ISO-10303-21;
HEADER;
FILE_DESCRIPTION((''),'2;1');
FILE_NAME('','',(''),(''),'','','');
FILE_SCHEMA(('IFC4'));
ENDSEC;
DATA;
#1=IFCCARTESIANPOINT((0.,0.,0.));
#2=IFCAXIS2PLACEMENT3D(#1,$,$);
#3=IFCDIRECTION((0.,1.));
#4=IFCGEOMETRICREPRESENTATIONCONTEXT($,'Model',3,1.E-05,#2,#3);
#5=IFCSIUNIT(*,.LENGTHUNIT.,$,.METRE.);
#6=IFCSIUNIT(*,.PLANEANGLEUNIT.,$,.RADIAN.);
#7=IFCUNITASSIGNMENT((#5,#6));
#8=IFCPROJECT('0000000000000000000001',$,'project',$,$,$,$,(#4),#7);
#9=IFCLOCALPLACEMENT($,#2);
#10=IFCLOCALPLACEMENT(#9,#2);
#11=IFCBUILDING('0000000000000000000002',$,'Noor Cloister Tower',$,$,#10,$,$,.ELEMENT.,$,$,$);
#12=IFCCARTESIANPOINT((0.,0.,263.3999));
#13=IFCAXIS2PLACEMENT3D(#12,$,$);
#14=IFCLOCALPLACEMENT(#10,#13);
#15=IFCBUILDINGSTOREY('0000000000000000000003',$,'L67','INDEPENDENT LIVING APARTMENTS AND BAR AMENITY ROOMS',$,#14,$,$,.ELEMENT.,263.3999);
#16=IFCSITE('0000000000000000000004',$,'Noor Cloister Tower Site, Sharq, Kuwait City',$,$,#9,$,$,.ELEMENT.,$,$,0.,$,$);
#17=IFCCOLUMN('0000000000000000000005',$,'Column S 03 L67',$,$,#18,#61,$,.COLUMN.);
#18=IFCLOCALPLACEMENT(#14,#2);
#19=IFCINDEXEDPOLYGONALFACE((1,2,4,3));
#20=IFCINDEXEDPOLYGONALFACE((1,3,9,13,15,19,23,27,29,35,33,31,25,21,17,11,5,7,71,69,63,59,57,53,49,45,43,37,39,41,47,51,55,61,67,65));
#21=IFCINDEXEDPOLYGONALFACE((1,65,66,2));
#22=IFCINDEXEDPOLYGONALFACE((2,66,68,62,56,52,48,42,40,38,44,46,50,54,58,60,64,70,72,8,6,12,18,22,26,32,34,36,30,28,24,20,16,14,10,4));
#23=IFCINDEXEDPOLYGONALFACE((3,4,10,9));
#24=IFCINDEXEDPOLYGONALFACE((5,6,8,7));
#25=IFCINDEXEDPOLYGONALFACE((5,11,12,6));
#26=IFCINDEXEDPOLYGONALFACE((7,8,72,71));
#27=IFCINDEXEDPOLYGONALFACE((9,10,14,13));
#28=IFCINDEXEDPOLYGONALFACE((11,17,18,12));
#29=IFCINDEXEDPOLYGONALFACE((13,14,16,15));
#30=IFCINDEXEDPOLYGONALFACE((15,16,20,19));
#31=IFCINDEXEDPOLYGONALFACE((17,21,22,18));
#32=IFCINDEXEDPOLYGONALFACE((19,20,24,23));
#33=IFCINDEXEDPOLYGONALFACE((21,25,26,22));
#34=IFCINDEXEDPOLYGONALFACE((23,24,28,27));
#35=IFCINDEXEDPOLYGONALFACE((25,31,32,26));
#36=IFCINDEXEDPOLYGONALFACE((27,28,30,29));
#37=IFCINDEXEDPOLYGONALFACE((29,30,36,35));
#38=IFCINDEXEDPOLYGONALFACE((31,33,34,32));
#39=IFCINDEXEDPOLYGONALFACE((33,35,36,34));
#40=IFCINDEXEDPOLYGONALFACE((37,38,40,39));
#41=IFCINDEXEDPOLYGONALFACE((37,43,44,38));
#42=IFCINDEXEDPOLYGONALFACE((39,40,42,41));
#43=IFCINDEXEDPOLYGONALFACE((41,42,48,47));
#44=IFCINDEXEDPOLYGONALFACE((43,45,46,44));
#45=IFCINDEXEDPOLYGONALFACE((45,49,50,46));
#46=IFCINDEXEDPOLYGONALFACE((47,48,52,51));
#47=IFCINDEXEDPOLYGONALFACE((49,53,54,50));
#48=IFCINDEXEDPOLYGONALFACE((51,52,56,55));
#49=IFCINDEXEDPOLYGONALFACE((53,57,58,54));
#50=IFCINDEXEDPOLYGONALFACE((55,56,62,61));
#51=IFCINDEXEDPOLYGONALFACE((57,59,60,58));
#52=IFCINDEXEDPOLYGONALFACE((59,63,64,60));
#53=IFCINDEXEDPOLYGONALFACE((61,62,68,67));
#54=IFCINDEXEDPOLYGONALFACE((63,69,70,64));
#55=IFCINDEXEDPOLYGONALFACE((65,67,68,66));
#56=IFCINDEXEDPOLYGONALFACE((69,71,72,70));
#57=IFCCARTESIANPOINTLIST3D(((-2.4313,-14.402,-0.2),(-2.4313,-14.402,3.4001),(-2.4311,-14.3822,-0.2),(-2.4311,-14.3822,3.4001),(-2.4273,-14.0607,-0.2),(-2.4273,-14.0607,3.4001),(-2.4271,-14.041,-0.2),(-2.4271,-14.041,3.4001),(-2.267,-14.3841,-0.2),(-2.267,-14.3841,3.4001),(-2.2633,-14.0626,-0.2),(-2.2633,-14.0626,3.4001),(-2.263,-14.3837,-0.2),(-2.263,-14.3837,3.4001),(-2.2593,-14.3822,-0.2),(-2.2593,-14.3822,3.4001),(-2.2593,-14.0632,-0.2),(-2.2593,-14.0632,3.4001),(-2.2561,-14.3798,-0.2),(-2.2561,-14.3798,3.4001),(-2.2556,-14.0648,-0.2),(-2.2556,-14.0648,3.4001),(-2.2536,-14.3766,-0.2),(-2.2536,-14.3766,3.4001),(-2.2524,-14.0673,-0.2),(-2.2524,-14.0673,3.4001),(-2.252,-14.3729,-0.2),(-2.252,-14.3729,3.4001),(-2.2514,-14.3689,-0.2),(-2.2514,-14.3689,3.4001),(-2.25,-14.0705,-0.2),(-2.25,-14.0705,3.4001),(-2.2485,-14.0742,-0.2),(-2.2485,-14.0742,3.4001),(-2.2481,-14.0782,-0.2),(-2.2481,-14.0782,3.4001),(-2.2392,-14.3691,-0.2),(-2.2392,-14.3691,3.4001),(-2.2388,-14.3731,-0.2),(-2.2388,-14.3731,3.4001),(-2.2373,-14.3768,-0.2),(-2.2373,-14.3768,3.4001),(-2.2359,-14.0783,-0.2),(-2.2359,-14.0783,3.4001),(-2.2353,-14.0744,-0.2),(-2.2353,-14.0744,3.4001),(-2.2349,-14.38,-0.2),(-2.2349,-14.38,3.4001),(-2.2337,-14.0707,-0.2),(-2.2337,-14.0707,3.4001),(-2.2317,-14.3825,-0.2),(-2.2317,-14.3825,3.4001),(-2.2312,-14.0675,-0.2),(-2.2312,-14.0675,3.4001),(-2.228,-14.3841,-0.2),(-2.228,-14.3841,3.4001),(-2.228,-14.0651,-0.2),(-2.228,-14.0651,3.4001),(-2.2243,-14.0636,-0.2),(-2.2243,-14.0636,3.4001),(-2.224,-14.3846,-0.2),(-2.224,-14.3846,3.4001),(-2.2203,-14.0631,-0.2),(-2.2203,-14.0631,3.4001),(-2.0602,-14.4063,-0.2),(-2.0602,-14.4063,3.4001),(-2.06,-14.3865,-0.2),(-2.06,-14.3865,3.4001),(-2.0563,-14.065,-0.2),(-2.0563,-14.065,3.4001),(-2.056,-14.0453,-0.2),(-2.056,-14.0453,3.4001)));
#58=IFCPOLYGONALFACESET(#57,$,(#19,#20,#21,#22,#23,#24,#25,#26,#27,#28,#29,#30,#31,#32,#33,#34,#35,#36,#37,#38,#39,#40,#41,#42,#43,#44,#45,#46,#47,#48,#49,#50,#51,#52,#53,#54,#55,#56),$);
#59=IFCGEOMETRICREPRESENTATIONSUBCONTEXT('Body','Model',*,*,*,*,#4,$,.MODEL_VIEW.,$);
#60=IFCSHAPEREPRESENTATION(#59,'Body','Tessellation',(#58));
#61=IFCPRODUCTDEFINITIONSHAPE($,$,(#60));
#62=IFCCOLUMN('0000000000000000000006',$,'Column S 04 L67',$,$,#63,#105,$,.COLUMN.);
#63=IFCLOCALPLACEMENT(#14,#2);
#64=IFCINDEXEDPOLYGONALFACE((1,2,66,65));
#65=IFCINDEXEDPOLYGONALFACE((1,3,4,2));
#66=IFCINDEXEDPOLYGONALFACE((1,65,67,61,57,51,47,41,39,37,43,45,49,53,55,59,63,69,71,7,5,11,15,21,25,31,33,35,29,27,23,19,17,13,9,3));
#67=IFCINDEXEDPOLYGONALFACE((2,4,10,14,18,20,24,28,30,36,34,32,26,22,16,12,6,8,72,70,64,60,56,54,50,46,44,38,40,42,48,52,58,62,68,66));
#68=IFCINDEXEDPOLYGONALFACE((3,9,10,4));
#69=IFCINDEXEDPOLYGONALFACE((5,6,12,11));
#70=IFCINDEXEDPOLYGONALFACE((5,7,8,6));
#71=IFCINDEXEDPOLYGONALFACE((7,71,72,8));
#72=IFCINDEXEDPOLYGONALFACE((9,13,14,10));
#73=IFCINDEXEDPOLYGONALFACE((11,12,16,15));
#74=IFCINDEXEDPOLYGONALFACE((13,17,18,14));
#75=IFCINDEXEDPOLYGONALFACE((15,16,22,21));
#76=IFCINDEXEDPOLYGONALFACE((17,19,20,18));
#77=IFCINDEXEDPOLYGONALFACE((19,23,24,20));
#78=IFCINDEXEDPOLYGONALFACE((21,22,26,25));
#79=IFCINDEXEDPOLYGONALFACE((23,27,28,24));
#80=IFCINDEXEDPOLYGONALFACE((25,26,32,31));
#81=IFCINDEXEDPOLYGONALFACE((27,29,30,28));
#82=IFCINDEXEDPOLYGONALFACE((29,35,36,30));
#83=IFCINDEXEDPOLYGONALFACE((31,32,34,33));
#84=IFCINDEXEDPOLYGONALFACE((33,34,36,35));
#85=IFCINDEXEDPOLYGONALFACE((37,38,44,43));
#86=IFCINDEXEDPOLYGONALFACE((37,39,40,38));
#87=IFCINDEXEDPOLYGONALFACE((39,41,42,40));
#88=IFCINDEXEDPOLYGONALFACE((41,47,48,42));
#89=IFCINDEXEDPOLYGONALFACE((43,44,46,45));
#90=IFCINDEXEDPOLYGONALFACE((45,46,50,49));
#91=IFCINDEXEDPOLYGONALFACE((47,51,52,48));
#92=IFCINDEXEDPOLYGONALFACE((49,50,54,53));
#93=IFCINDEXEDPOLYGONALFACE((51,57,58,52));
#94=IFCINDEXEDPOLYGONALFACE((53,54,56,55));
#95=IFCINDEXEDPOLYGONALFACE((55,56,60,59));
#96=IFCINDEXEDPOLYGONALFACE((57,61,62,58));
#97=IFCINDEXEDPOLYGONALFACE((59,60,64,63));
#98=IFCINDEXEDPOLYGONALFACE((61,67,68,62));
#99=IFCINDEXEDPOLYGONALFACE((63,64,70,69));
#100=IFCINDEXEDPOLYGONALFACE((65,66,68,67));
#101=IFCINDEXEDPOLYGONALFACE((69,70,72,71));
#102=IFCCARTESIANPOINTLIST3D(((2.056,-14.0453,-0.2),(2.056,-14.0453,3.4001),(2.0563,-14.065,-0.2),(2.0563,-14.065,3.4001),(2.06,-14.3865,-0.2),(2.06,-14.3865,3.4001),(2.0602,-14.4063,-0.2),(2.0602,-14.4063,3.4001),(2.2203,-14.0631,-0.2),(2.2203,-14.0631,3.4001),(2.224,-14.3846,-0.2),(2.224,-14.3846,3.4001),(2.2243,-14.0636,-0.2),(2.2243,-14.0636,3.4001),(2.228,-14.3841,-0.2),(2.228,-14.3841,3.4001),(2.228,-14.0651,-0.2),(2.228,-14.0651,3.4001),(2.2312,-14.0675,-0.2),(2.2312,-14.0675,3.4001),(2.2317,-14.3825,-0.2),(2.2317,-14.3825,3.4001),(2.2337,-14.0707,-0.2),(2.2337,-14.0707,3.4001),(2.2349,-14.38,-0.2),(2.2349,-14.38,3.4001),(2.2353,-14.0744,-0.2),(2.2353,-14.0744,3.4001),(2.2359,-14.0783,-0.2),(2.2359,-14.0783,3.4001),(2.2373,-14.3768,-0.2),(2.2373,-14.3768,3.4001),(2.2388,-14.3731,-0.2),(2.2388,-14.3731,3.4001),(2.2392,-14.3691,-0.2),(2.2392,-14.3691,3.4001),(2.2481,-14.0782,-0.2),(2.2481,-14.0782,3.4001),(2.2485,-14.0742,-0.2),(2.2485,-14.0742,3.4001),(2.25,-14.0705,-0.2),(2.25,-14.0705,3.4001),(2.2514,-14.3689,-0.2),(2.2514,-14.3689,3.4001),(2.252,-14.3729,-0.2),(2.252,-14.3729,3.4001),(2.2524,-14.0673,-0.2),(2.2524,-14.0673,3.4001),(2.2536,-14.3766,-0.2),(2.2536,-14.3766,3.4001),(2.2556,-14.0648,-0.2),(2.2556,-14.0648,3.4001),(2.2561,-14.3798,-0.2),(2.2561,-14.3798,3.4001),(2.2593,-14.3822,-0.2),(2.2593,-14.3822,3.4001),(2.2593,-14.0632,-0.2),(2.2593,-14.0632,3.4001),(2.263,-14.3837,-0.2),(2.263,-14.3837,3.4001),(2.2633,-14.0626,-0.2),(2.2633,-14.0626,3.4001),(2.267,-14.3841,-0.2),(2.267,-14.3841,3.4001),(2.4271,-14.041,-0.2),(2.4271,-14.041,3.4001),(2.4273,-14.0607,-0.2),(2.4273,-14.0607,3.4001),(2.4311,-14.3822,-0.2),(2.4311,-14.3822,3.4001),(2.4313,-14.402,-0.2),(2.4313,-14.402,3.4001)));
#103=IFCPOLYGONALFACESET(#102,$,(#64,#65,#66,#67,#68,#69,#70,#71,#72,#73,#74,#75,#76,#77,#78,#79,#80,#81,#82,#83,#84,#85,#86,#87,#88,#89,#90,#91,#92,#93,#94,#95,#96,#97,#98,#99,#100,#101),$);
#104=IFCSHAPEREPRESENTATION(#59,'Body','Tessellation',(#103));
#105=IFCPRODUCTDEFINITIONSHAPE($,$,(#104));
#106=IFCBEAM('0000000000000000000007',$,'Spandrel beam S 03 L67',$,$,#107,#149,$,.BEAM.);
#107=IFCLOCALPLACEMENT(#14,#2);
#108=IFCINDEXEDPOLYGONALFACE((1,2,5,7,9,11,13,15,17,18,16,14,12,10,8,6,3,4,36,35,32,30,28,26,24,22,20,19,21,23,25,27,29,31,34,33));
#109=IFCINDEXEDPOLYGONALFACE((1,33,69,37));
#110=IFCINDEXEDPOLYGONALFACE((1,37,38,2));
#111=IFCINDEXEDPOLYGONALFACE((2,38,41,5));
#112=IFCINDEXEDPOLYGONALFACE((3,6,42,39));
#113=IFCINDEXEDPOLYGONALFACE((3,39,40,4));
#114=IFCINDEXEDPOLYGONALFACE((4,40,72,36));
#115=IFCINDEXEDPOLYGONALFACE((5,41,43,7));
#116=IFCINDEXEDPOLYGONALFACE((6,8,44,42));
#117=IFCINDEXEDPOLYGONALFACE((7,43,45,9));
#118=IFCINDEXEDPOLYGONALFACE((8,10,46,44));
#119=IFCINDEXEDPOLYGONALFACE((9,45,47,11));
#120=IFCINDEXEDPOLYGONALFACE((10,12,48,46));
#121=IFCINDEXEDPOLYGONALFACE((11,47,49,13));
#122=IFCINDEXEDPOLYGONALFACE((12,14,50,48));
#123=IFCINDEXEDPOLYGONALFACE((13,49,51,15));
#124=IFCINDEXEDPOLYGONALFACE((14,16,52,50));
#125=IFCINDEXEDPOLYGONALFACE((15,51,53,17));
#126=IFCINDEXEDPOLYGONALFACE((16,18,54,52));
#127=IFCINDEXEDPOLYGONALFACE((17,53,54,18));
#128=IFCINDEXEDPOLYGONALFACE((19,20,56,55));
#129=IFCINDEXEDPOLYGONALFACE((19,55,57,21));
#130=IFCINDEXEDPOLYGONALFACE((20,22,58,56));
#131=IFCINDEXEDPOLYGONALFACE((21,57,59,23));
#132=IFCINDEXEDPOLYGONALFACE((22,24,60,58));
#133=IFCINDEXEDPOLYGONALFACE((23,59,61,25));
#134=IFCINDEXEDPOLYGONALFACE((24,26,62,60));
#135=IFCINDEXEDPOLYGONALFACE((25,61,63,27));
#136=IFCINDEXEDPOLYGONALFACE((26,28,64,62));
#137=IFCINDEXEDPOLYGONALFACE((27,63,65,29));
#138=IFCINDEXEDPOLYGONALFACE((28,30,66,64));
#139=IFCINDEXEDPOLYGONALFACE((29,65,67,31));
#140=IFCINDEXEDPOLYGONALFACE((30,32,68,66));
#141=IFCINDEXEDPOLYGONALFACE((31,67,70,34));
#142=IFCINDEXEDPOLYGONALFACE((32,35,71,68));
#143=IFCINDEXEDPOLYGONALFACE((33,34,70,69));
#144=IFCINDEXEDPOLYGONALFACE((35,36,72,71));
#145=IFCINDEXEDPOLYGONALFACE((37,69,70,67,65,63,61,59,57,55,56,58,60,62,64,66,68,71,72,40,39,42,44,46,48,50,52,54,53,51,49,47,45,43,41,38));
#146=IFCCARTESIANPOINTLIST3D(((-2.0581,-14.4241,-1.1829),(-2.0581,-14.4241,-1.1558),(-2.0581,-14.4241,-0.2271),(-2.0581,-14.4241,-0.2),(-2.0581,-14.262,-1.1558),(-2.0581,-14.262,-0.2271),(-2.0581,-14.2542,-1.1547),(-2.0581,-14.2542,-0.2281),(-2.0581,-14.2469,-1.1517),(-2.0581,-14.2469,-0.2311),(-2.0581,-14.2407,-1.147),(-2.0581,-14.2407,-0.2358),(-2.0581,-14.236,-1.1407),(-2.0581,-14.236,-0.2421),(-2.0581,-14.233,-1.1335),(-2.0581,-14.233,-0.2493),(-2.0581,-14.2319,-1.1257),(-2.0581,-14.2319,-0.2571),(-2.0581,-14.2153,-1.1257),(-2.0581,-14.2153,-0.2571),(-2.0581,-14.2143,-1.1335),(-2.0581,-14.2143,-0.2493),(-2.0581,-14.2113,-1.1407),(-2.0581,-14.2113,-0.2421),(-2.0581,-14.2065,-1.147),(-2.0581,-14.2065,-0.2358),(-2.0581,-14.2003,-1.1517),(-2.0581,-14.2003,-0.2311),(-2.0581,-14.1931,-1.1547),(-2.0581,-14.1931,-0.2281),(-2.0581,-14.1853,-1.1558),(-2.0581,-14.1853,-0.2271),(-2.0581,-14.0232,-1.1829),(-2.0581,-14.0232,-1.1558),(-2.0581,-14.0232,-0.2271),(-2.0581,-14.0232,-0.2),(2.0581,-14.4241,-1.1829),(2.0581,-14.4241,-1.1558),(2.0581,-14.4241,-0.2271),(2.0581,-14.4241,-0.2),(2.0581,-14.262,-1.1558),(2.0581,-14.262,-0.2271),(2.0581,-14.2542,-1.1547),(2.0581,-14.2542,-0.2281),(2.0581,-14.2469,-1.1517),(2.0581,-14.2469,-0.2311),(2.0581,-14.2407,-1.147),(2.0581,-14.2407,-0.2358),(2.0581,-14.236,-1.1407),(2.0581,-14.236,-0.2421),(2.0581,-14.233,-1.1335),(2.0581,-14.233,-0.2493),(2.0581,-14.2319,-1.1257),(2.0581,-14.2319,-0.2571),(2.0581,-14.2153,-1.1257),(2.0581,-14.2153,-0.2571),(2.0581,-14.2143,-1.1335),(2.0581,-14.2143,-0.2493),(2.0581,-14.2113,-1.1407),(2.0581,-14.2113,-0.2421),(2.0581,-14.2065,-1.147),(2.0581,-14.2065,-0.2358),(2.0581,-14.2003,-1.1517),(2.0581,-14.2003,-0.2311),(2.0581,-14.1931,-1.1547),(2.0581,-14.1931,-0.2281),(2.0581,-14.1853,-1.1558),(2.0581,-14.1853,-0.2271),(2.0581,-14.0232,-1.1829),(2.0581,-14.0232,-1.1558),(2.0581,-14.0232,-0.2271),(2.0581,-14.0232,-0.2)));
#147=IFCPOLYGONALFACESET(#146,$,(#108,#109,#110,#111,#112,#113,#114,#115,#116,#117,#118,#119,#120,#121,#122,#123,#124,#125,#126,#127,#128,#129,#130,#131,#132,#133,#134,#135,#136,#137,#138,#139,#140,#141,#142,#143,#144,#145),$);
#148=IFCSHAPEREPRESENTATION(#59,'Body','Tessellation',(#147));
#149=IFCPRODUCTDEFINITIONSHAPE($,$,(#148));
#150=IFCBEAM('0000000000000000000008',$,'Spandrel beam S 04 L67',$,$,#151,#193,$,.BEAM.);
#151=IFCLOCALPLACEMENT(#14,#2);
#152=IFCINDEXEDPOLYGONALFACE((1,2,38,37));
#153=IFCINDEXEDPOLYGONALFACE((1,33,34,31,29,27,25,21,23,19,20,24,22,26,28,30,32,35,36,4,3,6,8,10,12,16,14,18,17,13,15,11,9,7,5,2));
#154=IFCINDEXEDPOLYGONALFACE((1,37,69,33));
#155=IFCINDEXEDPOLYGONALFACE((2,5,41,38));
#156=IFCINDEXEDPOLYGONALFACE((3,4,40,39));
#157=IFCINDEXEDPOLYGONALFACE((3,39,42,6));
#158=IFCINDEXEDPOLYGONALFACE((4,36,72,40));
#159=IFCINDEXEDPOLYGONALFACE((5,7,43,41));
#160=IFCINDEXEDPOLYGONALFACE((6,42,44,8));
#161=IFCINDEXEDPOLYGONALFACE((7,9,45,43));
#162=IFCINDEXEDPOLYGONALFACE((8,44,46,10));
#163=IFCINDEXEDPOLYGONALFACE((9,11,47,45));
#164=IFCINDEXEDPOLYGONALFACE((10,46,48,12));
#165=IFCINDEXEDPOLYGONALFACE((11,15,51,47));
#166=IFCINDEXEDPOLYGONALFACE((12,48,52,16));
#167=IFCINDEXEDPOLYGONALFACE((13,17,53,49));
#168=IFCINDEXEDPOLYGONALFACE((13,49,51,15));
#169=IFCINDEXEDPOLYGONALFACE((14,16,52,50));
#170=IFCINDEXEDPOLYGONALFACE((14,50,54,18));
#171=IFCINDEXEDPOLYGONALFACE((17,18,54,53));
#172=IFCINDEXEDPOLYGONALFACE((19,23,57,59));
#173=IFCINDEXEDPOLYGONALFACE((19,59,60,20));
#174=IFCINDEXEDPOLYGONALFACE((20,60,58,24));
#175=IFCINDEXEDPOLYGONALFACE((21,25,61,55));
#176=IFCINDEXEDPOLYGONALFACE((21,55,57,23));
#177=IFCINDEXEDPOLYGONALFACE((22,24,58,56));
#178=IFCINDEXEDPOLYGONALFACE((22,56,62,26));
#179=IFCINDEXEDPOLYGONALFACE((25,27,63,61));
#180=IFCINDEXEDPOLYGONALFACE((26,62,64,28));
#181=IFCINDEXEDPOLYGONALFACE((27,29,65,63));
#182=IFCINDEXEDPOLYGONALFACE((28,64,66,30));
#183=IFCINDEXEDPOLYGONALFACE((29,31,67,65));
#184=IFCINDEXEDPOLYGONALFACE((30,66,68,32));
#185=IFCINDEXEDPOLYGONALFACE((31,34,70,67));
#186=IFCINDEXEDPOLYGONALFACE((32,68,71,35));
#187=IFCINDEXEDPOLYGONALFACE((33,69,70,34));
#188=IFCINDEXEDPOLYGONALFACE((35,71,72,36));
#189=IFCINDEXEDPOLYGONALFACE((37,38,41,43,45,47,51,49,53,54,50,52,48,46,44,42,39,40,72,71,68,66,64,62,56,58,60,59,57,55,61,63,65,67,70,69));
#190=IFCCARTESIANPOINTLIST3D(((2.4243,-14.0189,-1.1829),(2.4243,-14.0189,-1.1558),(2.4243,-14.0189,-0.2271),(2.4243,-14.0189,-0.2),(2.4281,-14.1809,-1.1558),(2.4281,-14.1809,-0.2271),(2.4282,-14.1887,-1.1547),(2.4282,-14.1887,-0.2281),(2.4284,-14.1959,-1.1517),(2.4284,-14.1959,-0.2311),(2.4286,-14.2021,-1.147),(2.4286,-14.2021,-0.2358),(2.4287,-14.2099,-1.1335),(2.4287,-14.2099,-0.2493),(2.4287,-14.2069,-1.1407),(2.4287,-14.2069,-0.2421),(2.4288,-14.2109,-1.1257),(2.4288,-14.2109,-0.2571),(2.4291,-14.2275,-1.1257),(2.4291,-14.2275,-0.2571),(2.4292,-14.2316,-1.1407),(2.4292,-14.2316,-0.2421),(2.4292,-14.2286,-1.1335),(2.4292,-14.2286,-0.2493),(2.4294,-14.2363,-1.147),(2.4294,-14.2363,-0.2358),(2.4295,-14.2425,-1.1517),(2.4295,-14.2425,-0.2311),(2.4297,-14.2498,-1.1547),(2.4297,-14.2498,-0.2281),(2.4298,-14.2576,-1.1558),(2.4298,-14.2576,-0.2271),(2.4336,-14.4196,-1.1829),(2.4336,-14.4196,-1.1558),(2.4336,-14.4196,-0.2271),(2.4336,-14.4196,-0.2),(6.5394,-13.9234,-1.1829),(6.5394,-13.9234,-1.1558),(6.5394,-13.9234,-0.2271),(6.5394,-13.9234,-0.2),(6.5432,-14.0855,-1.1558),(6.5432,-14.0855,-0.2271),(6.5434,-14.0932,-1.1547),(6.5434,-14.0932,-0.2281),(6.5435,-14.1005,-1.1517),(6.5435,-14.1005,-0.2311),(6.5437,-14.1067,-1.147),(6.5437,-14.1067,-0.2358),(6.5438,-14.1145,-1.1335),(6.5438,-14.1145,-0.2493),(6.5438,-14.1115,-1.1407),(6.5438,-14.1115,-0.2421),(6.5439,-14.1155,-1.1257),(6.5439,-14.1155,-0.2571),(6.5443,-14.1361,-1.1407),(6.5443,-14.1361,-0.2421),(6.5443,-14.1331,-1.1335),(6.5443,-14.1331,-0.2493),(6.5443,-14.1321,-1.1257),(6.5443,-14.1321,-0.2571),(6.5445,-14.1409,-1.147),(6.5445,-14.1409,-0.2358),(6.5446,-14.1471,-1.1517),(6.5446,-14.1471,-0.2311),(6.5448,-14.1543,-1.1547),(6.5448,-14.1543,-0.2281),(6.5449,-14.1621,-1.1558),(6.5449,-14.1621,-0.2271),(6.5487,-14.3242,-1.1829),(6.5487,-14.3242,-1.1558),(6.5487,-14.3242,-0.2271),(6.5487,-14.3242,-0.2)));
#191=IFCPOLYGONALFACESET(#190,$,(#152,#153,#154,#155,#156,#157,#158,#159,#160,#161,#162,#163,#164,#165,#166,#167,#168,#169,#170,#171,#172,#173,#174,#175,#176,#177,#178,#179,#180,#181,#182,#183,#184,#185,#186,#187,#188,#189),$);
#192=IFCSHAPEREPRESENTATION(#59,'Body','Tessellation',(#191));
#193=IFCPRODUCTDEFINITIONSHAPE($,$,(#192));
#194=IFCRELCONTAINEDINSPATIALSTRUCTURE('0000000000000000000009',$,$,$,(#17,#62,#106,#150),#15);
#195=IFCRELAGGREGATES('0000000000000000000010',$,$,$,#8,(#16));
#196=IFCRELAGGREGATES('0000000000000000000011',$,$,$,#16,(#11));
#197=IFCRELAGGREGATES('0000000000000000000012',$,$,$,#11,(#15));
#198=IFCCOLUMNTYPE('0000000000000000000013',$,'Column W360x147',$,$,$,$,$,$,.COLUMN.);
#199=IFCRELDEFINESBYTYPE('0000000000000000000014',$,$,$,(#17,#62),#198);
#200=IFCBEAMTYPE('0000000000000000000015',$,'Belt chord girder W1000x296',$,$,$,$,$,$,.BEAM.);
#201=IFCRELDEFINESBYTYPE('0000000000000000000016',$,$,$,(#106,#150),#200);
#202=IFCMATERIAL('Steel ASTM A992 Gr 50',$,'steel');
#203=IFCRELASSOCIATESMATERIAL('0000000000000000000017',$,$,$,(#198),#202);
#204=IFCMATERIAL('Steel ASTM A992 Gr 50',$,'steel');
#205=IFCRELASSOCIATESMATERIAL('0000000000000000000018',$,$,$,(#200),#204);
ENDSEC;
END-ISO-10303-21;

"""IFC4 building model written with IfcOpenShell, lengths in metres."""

from ifc_helpers import new_model, si_unit, direction, frame, origin, origin_2d, place, context, subcontext, project, spatial, i_section, extrude, material, material_profile, profile_set, type_object, element, save


model = new_model("IFC4")

# Units and contexts
model_context = context("Model", 3, precision=1e-05, world=origin(), true_north=direction((0.0, 1.0)))
body_context = subcontext(model_context, "Body", "Model", "MODEL_VIEW")
ifc_project = project(units=[si_unit("LENGTHUNIT", "METRE"), si_unit("PLANEANGLEUNIT", "RADIAN")], contexts=[model_context])

# Site, building, storey
site_placement = place(None, origin())
site = spatial("IfcSite", under=ifc_project, at=site_placement, Name="Noor Cloister Tower Site, Sharq, Kuwait City", CompositionType="ELEMENT", RefElevation=0.0)
building_placement = place(site_placement, origin())
building = spatial("IfcBuilding", under=site, at=building_placement, Name="Noor Cloister Tower", CompositionType="ELEMENT")
storey_placement = place(building_placement, frame((0.0, 0.0, 263.3999)))
storey = spatial("IfcBuildingStorey", under=building, at=storey_placement, Name="L67", Description="INDEPENDENT LIVING APARTMENTS AND BAR AMENITY ROOMS", CompositionType="ELEMENT", Elevation=263.3999)

# Columns
ifc_material_1 = material(Name="Steel ASTM A992 Gr 50", Category="steel")
ifc_material_profile_1 = material_profile(ifc_material_1, i_section(OverallWidth=0.3711, OverallDepth=0.3611, WebThickness=0.0122, FlangeThickness=0.0198, FilletRadius=0.0154, at=origin_2d()), Name="W360x147")
ifc_profile_set_1 = profile_set([ifc_material_profile_1], Name="Steel ASTM A992 Gr 50")
column_type = type_object("IfcColumnType", Name="Column W360x147", PredefinedType="COLUMN", material=ifc_profile_set_1)
for number, where, z_axis, x_axis, name in (
    (1, (-2.2437, -14.2236, -0.2), (0.0, 0.0, 1.0), (0.999933, -0.011596, 0.0), "Column S 03 L67"),
    (2, (2.2437, -14.2236, -0.2), (0.0, 0.0, 1.0), (0.999933, 0.011596, 0.0), "Column S 04 L67"),
):
    element("IfcColumn", number, at=place(storey_placement, frame(where, z_axis=z_axis, x_axis=x_axis)), inside=storey, type_object=column_type, Name=name, PredefinedType="COLUMN", context=body_context, shape_type="SweptSolid", body=[
        extrude(i_section(OverallWidth=0.3711, OverallDepth=0.3611, WebThickness=0.0122, FlangeThickness=0.0198, FilletRadius=0.0154, at=origin_2d()), origin(), (0.0, 0.0, 1.0), 3.6001),
    ])

# Beams
ifc_material_2 = material(Name="Steel ASTM A992 Gr 50", Category="steel")
ifc_material_profile_2 = material_profile(ifc_material_2, i_section(OverallWidth=0.4009, OverallDepth=0.9829, WebThickness=0.0166, FlangeThickness=0.0271, FilletRadius=0.03, at=origin_2d()), Name="W1000x296")
ifc_profile_set_2 = profile_set([ifc_material_profile_2], Name="Steel ASTM A992 Gr 50")
beam_type_1 = type_object("IfcBeamType", Name="Belt chord girder W1000x296", PredefinedType="BEAM", material=ifc_profile_set_2)
for number, where, z_axis, x_axis, name in (
    (3, (-2.0581, -14.2236, -0.6914), (1.0, 0.0, 0.0), (0.0, 1.0, 0.0), "Spandrel beam S 03 L67"),
    (4, (2.429, -14.2192, -0.6914), (0.999731, 0.023192, 0.0), (-0.023192, 0.999731, 0.0), "Spandrel beam S 04 L67"),
):
    element("IfcBeam", number, at=place(storey_placement, frame(where, z_axis=z_axis, x_axis=x_axis)), inside=storey, type_object=beam_type_1, Name=name, PredefinedType="BEAM", context=body_context, shape_type="SweptSolid", body=[
        extrude(i_section(OverallWidth=0.4009, OverallDepth=0.9829, WebThickness=0.0166, FlangeThickness=0.0271, FilletRadius=0.03, at=origin_2d()), origin(), (0.0, 0.0, 1.0), 4.1162),
    ])

save(model, "model.ifc")
